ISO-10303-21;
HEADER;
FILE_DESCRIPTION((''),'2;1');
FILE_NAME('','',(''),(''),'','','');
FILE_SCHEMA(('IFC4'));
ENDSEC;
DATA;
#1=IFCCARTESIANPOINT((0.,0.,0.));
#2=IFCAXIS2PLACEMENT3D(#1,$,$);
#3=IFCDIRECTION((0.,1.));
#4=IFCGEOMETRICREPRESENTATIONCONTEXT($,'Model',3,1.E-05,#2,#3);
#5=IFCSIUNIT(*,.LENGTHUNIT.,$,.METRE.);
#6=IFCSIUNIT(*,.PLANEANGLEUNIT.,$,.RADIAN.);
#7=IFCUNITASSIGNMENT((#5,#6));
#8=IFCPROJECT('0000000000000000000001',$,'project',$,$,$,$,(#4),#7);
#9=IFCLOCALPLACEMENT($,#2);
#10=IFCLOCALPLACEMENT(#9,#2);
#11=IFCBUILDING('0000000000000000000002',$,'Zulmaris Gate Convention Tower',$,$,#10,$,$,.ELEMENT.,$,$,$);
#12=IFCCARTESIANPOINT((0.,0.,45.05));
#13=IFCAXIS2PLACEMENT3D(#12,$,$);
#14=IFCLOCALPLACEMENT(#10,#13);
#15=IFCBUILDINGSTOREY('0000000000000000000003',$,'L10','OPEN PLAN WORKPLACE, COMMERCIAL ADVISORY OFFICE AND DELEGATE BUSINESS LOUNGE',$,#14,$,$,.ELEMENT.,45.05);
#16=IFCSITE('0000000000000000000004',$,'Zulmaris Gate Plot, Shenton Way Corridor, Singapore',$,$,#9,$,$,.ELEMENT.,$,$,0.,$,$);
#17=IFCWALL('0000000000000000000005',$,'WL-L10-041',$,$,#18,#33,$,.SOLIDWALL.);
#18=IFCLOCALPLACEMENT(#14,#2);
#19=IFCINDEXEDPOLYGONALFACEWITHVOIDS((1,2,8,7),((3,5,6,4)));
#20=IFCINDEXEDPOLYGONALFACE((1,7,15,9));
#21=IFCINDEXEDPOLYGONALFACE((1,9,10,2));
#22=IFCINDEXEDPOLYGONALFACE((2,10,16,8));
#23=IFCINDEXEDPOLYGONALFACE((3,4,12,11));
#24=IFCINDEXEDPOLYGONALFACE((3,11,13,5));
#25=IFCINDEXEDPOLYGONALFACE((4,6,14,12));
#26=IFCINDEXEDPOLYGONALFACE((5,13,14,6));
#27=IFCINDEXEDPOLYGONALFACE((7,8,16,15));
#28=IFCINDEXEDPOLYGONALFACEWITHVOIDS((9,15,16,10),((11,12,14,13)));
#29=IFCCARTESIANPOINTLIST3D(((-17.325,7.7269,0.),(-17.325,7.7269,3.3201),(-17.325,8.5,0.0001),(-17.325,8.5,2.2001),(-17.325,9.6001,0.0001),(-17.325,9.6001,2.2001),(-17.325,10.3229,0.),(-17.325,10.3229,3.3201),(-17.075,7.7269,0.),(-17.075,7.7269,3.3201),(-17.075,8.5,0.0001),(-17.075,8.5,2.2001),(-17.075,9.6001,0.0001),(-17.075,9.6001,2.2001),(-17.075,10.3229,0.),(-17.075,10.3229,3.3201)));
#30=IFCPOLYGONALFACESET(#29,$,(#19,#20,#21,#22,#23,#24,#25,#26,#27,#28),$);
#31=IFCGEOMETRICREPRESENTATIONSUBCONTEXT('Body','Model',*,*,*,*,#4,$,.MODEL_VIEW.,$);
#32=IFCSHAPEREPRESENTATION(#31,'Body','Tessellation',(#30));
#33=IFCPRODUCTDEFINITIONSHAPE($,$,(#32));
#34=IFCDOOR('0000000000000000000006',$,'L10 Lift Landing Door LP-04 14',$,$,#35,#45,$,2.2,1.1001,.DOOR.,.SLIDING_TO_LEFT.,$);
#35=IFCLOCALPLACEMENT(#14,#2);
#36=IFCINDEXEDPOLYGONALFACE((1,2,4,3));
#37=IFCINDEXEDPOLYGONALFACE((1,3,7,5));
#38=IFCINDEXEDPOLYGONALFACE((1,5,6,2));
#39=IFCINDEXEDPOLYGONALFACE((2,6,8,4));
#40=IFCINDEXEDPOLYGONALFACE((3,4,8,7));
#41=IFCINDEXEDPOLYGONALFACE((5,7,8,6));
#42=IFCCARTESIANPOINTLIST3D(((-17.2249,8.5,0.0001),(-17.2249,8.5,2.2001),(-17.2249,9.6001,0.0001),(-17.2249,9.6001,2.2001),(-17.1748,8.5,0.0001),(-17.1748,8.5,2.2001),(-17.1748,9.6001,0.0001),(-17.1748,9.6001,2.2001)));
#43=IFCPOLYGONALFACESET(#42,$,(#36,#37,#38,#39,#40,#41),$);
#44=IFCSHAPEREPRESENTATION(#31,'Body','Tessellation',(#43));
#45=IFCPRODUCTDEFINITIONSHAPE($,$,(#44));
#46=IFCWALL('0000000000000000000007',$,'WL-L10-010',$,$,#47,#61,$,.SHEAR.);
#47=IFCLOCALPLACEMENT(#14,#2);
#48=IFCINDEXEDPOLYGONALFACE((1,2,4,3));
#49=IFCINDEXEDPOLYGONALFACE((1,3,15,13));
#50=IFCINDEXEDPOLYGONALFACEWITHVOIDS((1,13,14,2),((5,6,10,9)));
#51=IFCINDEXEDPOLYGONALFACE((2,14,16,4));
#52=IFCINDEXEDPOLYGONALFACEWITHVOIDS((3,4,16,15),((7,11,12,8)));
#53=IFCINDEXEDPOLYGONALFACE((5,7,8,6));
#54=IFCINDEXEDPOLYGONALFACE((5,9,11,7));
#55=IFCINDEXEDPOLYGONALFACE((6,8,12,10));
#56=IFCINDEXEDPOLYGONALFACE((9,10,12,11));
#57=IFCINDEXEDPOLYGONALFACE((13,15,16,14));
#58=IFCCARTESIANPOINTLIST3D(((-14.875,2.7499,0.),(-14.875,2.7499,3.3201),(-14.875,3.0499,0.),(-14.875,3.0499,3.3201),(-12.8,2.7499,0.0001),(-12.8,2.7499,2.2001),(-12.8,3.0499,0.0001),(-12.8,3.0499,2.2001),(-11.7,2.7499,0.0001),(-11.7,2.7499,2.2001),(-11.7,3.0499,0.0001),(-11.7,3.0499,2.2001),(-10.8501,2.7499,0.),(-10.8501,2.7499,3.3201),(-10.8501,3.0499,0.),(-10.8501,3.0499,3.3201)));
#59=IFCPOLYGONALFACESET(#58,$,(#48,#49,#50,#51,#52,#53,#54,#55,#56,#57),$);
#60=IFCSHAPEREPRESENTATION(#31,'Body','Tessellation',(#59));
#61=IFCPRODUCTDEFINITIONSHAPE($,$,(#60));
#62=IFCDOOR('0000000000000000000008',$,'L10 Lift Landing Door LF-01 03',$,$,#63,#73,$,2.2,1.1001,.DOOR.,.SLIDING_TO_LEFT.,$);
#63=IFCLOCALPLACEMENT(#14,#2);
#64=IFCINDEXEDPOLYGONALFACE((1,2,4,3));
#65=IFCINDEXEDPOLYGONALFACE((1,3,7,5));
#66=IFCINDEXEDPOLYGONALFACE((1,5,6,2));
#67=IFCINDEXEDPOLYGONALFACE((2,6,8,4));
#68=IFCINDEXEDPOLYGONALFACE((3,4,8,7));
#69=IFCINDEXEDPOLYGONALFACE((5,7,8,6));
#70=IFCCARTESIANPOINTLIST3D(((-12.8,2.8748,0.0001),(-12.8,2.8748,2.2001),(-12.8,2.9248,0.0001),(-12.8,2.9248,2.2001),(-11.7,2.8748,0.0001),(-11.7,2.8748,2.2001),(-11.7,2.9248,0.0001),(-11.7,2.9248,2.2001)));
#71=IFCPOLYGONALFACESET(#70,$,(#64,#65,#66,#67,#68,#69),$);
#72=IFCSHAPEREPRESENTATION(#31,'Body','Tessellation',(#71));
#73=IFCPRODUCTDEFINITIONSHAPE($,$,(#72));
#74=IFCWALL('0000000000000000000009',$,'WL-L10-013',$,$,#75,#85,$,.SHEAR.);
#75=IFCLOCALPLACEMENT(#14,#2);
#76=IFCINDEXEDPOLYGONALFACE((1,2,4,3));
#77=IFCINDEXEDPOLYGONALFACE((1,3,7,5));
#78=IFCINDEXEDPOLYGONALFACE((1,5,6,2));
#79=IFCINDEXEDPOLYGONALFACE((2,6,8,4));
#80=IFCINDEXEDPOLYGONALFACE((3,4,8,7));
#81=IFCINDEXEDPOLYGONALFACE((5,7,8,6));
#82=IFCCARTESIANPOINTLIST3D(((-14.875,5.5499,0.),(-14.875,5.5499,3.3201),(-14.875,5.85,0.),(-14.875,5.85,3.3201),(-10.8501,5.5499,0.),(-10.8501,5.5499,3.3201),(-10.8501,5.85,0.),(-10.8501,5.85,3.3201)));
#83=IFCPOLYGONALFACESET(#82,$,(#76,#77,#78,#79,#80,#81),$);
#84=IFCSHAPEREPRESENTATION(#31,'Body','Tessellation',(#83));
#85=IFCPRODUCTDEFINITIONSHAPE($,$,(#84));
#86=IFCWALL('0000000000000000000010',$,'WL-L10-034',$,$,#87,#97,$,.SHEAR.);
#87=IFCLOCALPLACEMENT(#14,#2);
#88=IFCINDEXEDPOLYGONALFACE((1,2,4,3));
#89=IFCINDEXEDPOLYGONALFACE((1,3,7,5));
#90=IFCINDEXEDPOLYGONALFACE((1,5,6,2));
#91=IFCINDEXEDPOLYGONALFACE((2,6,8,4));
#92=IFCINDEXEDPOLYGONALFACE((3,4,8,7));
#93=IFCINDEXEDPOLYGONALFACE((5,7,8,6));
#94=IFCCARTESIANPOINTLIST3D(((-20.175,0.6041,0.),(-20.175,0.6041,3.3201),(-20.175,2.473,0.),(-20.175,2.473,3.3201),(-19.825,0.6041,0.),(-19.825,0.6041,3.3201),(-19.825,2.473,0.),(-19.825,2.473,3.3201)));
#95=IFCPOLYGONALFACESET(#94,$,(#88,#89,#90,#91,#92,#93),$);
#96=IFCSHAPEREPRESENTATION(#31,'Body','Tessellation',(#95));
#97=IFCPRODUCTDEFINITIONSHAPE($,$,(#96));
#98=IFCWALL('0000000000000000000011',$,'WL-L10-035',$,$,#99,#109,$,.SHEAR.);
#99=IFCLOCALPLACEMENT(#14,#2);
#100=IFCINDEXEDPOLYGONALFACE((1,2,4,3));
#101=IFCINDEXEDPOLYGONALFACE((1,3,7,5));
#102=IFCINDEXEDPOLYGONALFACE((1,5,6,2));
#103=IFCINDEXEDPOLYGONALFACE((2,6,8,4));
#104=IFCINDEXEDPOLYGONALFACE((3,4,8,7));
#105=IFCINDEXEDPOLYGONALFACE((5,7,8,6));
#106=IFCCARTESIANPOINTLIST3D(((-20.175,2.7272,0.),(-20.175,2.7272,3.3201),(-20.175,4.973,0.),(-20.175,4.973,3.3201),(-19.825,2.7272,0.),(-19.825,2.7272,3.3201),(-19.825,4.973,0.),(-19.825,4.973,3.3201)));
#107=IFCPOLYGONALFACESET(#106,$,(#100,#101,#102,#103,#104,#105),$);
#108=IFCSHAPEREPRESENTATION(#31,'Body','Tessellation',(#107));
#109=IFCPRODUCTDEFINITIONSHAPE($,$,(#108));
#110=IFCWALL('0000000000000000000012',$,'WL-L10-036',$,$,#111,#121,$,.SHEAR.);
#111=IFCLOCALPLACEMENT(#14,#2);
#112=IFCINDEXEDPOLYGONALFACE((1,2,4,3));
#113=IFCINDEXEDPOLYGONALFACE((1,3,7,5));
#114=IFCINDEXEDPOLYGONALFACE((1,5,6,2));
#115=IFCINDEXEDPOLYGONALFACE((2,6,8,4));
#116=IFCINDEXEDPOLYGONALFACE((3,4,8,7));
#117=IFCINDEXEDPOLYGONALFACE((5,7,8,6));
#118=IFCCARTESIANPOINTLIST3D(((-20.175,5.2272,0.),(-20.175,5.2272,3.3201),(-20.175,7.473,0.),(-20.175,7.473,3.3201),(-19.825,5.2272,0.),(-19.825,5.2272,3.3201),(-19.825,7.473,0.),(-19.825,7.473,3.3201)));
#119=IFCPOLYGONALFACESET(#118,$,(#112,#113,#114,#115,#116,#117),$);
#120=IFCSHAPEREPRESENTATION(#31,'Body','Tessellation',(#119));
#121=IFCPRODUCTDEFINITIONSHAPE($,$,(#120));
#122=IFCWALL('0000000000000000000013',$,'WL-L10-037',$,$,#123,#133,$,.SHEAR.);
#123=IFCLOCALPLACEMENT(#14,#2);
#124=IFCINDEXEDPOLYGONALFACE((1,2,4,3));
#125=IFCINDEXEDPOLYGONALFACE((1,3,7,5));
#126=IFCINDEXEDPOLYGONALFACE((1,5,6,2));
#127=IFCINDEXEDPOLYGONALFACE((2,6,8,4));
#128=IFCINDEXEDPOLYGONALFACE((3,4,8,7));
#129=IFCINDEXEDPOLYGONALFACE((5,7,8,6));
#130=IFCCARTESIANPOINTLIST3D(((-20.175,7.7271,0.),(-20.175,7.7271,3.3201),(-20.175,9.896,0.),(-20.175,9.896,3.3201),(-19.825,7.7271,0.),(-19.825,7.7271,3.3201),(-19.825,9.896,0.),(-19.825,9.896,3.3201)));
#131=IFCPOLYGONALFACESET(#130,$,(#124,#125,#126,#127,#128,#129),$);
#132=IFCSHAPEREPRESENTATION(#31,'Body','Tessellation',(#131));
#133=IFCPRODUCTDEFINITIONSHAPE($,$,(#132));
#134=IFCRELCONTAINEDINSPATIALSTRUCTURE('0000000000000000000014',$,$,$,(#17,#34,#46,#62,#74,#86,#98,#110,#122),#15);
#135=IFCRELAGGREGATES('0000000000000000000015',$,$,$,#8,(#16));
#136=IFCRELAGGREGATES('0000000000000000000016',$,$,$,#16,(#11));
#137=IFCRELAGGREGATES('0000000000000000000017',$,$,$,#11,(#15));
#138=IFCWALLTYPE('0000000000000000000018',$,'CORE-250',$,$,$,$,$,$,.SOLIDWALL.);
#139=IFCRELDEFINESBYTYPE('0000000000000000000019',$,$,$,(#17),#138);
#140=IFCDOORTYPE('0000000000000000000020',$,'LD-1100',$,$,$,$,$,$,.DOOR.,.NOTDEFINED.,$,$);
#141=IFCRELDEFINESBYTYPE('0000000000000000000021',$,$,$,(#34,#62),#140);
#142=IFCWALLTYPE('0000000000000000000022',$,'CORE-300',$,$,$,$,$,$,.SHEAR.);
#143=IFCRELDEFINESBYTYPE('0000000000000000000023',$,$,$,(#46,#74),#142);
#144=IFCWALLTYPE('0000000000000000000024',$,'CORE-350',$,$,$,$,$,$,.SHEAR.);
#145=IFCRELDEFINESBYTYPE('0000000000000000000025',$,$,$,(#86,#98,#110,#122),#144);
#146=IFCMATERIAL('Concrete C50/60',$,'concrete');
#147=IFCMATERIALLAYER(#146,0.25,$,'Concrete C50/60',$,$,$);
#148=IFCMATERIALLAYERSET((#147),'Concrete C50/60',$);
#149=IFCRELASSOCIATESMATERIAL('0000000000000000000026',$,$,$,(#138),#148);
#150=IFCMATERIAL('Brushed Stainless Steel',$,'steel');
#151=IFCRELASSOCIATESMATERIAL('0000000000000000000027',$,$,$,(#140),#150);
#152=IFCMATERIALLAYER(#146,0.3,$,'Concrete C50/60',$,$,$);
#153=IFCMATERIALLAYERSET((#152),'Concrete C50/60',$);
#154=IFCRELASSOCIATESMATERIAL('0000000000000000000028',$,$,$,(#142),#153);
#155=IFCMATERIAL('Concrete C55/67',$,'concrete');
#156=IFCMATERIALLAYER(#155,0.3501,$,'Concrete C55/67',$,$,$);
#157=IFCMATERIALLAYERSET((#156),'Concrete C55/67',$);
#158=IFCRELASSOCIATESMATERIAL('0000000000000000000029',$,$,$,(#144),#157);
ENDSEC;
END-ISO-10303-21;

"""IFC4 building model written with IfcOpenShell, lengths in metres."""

from ifc_helpers import new_model, si_unit, direction, frame, frame_2d, origin, place, context, subcontext, project, spatial, rectangle, extrude, material, layer, layer_set, type_object, element, fill, save


model = new_model("IFC4")

# Units and contexts
model_context = context("Model", 3, precision=1e-05, world=origin(), true_north=direction((0.0, 1.0)))
body_context = subcontext(model_context, "Body", "Model", "MODEL_VIEW")
ifc_project = project(units=[si_unit("LENGTHUNIT", "METRE"), si_unit("PLANEANGLEUNIT", "RADIAN")], contexts=[model_context])

# Site, building, storey
site_placement = place(None, origin())
site = spatial("IfcSite", under=ifc_project, at=site_placement, Name="Zulmaris Gate Plot, Shenton Way Corridor, Singapore", CompositionType="ELEMENT", RefElevation=0.0)
building_placement = place(site_placement, origin())
building = spatial("IfcBuilding", under=site, at=building_placement, Name="Zulmaris Gate Convention Tower", CompositionType="ELEMENT")
storey_placement = place(building_placement, frame((0.0, 0.0, 45.05)))
storey = spatial("IfcBuildingStorey", under=building, at=storey_placement, Name="L10", Description="OPEN PLAN WORKPLACE, COMMERCIAL ADVISORY OFFICE AND DELEGATE BUSINESS LOUNGE", CompositionType="ELEMENT", Elevation=45.05)

# Shared definitions
ifc_material_1 = material(Name="Concrete C50/60", Category="concrete")
ifc_layer_1 = layer(ifc_material_1, 0.25, Name="Concrete C50/60")
ifc_layer_set_1 = layer_set([ifc_layer_1], Name="Concrete C50/60")
wall_type_1 = type_object("IfcWallType", Name="CORE-250", PredefinedType="SOLIDWALL", material=ifc_layer_set_1)

# Walls, openings, doors
ifc_material_2 = material(Name="Brushed Stainless Steel", Category="steel")
door_type = type_object("IfcDoorType", Name="LD-1100", OperationType="NOTDEFINED", PredefinedType="DOOR", material=ifc_material_2)
wall_1_placement = place(storey_placement, frame((-17.2, 7.7271, 0.0), z_axis=(0.0, 0.0, 1.0), x_axis=(0.0, 1.0, 0.0)))
wall_1 = element("IfcWall", 1, at=wall_1_placement, inside=storey, type_object=wall_type_1, Name="WL-L10-041", PredefinedType="SOLIDWALL", context=body_context, shape_type="SweptSolid", body=[
    extrude(rectangle(XDim=2.5959, YDim=0.25, at=frame_2d((1.2979, 0.0))), origin(), (0.0, 0.0, 1.0), 3.3201),
])
opening_1_placement = place(wall_1_placement, frame((0.7729, 0.0, 0.0)))
opening_1 = element("IfcOpeningElement", 2, at=opening_1_placement, cuts=wall_1, PredefinedType="OPENING", context=body_context, shape_type="SweptSolid", body=[
    extrude(rectangle(XDim=1.1001, YDim=2.2, at=frame_2d((0.55, 1.1001))), frame((0.0, 0.135, 0.0), z_axis=(0.0, -1.0, 0.0), x_axis=(1.0, 0.0, 0.0)), (0.0, 0.0, 1.0), 0.27),
])
door_1_placement = place(opening_1_placement, origin())
door_1 = element("IfcDoor", 3, at=door_1_placement, inside=storey, type_object=door_type, Name="L10 Lift Landing Door LP-04 14", OperationType="SLIDING_TO_LEFT", OverallHeight=2.2, OverallWidth=1.1001, PredefinedType="DOOR", context=body_context, shape_type="SweptSolid", body=[
    extrude(rectangle(XDim=1.1001, YDim=2.2, at=frame_2d((0.55, 1.1001))), frame((0.0, 0.0249, 0.0), z_axis=(0.0, -1.0, 0.0), x_axis=(1.0, 0.0, 0.0)), (0.0, 0.0, 1.0), 0.05),
])
fill(opening_1, door_1)
ifc_layer_2 = layer(ifc_material_1, 0.3, Name="Concrete C50/60")
ifc_layer_set_2 = layer_set([ifc_layer_2], Name="Concrete C50/60")
wall_type_2 = type_object("IfcWallType", Name="CORE-300", PredefinedType="SHEAR", material=ifc_layer_set_2)
wall_2_placement = place(storey_placement, frame((-14.875, 2.8999, 0.0), z_axis=(0.0, 0.0, 1.0), x_axis=(1.0, 0.0, 0.0)))
wall_2 = element("IfcWall", 4, at=wall_2_placement, inside=storey, type_object=wall_type_2, Name="WL-L10-010", PredefinedType="SHEAR", context=body_context, shape_type="SweptSolid", body=[
    extrude(rectangle(XDim=4.0249, YDim=0.3, at=frame_2d((2.0125, 0.0))), origin(), (0.0, 0.0, 1.0), 3.3201),
])
opening_2_placement = place(wall_2_placement, frame((2.075, 0.0, 0.0)))
opening_2 = element("IfcOpeningElement", 5, at=opening_2_placement, cuts=wall_2, PredefinedType="OPENING", context=body_context, shape_type="SweptSolid", body=[
    extrude(rectangle(XDim=1.1001, YDim=2.2, at=frame_2d((0.55, 1.1001))), frame((0.0, 0.1602, 0.0), z_axis=(0.0, -1.0, 0.0), x_axis=(1.0, 0.0, 0.0)), (0.0, 0.0, 1.0), 0.3201),
])
door_2_placement = place(opening_2_placement, origin())
door_2 = element("IfcDoor", 6, at=door_2_placement, inside=storey, type_object=door_type, Name="L10 Lift Landing Door LF-01 03", OperationType="SLIDING_TO_LEFT", OverallHeight=2.2, OverallWidth=1.1001, PredefinedType="DOOR", context=body_context, shape_type="SweptSolid", body=[
    extrude(rectangle(XDim=1.1001, YDim=2.2, at=frame_2d((0.55, 1.1001))), frame((0.0, 0.0249, 0.0), z_axis=(0.0, -1.0, 0.0), x_axis=(1.0, 0.0, 0.0)), (0.0, 0.0, 1.0), 0.05),
])
fill(opening_2, door_2)

# Walls
wall_3_placement = place(storey_placement, frame((-14.875, 5.7, 0.0), z_axis=(0.0, 0.0, 1.0), x_axis=(1.0, 0.0, 0.0)))
element("IfcWall", 7, at=wall_3_placement, inside=storey, type_object=wall_type_2, Name="WL-L10-013", PredefinedType="SHEAR", context=body_context, shape_type="SweptSolid", body=[
    extrude(rectangle(XDim=4.0249, YDim=0.3, at=frame_2d((2.0125, 0.0))), origin(), (0.0, 0.0, 1.0), 3.3201),
])
ifc_material_3 = material(Name="Concrete C55/67", Category="concrete")
ifc_layer_3 = layer(ifc_material_3, 0.3501, Name="Concrete C55/67")
ifc_layer_set_3 = layer_set([ifc_layer_3], Name="Concrete C55/67")
wall_type_3 = type_object("IfcWallType", Name="CORE-350", PredefinedType="SHEAR", material=ifc_layer_set_3)
wall_4_placement = place(storey_placement, frame((-20.0, 0.604, 0.0), z_axis=(0.0, 0.0, 1.0), x_axis=(0.0, 1.0, 0.0)))
element("IfcWall", 8, at=wall_4_placement, inside=storey, type_object=wall_type_3, Name="WL-L10-034", PredefinedType="SHEAR", context=body_context, shape_type="SweptSolid", body=[
    extrude(rectangle(XDim=1.8689, YDim=0.3501, at=frame_2d((0.9346, 0.0))), origin(), (0.0, 0.0, 1.0), 3.3201),
])
for number, where, z_axis, x_axis, name in (
    (9, (-20.0, 2.7271, 0.0), (0.0, 0.0, 1.0), (0.0, 1.0, 0.0), "WL-L10-035"),
    (10, (-20.0, 5.2271, 0.0), (0.0, 0.0, 1.0), (0.0, 1.0, 0.0), "WL-L10-036"),
):
    element("IfcWall", number, at=place(storey_placement, frame(where, z_axis=z_axis, x_axis=x_axis)), inside=storey, type_object=wall_type_3, Name=name, PredefinedType="SHEAR", context=body_context, shape_type="SweptSolid", body=[
        extrude(rectangle(XDim=2.2458, YDim=0.3501, at=frame_2d((1.123, 0.0))), origin(), (0.0, 0.0, 1.0), 3.3201),
    ])
wall_5_placement = place(storey_placement, frame((-20.0, 7.7271, 0.0), z_axis=(0.0, 0.0, 1.0), x_axis=(0.0, 1.0, 0.0)))
element("IfcWall", 11, at=wall_5_placement, inside=storey, type_object=wall_type_3, Name="WL-L10-037", PredefinedType="SHEAR", context=body_context, shape_type="SweptSolid", body=[
    extrude(rectangle(XDim=2.1689, YDim=0.3501, at=frame_2d((1.0845, 0.0))), origin(), (0.0, 0.0, 1.0), 3.3201),
])

save(model, "model.ifc")
